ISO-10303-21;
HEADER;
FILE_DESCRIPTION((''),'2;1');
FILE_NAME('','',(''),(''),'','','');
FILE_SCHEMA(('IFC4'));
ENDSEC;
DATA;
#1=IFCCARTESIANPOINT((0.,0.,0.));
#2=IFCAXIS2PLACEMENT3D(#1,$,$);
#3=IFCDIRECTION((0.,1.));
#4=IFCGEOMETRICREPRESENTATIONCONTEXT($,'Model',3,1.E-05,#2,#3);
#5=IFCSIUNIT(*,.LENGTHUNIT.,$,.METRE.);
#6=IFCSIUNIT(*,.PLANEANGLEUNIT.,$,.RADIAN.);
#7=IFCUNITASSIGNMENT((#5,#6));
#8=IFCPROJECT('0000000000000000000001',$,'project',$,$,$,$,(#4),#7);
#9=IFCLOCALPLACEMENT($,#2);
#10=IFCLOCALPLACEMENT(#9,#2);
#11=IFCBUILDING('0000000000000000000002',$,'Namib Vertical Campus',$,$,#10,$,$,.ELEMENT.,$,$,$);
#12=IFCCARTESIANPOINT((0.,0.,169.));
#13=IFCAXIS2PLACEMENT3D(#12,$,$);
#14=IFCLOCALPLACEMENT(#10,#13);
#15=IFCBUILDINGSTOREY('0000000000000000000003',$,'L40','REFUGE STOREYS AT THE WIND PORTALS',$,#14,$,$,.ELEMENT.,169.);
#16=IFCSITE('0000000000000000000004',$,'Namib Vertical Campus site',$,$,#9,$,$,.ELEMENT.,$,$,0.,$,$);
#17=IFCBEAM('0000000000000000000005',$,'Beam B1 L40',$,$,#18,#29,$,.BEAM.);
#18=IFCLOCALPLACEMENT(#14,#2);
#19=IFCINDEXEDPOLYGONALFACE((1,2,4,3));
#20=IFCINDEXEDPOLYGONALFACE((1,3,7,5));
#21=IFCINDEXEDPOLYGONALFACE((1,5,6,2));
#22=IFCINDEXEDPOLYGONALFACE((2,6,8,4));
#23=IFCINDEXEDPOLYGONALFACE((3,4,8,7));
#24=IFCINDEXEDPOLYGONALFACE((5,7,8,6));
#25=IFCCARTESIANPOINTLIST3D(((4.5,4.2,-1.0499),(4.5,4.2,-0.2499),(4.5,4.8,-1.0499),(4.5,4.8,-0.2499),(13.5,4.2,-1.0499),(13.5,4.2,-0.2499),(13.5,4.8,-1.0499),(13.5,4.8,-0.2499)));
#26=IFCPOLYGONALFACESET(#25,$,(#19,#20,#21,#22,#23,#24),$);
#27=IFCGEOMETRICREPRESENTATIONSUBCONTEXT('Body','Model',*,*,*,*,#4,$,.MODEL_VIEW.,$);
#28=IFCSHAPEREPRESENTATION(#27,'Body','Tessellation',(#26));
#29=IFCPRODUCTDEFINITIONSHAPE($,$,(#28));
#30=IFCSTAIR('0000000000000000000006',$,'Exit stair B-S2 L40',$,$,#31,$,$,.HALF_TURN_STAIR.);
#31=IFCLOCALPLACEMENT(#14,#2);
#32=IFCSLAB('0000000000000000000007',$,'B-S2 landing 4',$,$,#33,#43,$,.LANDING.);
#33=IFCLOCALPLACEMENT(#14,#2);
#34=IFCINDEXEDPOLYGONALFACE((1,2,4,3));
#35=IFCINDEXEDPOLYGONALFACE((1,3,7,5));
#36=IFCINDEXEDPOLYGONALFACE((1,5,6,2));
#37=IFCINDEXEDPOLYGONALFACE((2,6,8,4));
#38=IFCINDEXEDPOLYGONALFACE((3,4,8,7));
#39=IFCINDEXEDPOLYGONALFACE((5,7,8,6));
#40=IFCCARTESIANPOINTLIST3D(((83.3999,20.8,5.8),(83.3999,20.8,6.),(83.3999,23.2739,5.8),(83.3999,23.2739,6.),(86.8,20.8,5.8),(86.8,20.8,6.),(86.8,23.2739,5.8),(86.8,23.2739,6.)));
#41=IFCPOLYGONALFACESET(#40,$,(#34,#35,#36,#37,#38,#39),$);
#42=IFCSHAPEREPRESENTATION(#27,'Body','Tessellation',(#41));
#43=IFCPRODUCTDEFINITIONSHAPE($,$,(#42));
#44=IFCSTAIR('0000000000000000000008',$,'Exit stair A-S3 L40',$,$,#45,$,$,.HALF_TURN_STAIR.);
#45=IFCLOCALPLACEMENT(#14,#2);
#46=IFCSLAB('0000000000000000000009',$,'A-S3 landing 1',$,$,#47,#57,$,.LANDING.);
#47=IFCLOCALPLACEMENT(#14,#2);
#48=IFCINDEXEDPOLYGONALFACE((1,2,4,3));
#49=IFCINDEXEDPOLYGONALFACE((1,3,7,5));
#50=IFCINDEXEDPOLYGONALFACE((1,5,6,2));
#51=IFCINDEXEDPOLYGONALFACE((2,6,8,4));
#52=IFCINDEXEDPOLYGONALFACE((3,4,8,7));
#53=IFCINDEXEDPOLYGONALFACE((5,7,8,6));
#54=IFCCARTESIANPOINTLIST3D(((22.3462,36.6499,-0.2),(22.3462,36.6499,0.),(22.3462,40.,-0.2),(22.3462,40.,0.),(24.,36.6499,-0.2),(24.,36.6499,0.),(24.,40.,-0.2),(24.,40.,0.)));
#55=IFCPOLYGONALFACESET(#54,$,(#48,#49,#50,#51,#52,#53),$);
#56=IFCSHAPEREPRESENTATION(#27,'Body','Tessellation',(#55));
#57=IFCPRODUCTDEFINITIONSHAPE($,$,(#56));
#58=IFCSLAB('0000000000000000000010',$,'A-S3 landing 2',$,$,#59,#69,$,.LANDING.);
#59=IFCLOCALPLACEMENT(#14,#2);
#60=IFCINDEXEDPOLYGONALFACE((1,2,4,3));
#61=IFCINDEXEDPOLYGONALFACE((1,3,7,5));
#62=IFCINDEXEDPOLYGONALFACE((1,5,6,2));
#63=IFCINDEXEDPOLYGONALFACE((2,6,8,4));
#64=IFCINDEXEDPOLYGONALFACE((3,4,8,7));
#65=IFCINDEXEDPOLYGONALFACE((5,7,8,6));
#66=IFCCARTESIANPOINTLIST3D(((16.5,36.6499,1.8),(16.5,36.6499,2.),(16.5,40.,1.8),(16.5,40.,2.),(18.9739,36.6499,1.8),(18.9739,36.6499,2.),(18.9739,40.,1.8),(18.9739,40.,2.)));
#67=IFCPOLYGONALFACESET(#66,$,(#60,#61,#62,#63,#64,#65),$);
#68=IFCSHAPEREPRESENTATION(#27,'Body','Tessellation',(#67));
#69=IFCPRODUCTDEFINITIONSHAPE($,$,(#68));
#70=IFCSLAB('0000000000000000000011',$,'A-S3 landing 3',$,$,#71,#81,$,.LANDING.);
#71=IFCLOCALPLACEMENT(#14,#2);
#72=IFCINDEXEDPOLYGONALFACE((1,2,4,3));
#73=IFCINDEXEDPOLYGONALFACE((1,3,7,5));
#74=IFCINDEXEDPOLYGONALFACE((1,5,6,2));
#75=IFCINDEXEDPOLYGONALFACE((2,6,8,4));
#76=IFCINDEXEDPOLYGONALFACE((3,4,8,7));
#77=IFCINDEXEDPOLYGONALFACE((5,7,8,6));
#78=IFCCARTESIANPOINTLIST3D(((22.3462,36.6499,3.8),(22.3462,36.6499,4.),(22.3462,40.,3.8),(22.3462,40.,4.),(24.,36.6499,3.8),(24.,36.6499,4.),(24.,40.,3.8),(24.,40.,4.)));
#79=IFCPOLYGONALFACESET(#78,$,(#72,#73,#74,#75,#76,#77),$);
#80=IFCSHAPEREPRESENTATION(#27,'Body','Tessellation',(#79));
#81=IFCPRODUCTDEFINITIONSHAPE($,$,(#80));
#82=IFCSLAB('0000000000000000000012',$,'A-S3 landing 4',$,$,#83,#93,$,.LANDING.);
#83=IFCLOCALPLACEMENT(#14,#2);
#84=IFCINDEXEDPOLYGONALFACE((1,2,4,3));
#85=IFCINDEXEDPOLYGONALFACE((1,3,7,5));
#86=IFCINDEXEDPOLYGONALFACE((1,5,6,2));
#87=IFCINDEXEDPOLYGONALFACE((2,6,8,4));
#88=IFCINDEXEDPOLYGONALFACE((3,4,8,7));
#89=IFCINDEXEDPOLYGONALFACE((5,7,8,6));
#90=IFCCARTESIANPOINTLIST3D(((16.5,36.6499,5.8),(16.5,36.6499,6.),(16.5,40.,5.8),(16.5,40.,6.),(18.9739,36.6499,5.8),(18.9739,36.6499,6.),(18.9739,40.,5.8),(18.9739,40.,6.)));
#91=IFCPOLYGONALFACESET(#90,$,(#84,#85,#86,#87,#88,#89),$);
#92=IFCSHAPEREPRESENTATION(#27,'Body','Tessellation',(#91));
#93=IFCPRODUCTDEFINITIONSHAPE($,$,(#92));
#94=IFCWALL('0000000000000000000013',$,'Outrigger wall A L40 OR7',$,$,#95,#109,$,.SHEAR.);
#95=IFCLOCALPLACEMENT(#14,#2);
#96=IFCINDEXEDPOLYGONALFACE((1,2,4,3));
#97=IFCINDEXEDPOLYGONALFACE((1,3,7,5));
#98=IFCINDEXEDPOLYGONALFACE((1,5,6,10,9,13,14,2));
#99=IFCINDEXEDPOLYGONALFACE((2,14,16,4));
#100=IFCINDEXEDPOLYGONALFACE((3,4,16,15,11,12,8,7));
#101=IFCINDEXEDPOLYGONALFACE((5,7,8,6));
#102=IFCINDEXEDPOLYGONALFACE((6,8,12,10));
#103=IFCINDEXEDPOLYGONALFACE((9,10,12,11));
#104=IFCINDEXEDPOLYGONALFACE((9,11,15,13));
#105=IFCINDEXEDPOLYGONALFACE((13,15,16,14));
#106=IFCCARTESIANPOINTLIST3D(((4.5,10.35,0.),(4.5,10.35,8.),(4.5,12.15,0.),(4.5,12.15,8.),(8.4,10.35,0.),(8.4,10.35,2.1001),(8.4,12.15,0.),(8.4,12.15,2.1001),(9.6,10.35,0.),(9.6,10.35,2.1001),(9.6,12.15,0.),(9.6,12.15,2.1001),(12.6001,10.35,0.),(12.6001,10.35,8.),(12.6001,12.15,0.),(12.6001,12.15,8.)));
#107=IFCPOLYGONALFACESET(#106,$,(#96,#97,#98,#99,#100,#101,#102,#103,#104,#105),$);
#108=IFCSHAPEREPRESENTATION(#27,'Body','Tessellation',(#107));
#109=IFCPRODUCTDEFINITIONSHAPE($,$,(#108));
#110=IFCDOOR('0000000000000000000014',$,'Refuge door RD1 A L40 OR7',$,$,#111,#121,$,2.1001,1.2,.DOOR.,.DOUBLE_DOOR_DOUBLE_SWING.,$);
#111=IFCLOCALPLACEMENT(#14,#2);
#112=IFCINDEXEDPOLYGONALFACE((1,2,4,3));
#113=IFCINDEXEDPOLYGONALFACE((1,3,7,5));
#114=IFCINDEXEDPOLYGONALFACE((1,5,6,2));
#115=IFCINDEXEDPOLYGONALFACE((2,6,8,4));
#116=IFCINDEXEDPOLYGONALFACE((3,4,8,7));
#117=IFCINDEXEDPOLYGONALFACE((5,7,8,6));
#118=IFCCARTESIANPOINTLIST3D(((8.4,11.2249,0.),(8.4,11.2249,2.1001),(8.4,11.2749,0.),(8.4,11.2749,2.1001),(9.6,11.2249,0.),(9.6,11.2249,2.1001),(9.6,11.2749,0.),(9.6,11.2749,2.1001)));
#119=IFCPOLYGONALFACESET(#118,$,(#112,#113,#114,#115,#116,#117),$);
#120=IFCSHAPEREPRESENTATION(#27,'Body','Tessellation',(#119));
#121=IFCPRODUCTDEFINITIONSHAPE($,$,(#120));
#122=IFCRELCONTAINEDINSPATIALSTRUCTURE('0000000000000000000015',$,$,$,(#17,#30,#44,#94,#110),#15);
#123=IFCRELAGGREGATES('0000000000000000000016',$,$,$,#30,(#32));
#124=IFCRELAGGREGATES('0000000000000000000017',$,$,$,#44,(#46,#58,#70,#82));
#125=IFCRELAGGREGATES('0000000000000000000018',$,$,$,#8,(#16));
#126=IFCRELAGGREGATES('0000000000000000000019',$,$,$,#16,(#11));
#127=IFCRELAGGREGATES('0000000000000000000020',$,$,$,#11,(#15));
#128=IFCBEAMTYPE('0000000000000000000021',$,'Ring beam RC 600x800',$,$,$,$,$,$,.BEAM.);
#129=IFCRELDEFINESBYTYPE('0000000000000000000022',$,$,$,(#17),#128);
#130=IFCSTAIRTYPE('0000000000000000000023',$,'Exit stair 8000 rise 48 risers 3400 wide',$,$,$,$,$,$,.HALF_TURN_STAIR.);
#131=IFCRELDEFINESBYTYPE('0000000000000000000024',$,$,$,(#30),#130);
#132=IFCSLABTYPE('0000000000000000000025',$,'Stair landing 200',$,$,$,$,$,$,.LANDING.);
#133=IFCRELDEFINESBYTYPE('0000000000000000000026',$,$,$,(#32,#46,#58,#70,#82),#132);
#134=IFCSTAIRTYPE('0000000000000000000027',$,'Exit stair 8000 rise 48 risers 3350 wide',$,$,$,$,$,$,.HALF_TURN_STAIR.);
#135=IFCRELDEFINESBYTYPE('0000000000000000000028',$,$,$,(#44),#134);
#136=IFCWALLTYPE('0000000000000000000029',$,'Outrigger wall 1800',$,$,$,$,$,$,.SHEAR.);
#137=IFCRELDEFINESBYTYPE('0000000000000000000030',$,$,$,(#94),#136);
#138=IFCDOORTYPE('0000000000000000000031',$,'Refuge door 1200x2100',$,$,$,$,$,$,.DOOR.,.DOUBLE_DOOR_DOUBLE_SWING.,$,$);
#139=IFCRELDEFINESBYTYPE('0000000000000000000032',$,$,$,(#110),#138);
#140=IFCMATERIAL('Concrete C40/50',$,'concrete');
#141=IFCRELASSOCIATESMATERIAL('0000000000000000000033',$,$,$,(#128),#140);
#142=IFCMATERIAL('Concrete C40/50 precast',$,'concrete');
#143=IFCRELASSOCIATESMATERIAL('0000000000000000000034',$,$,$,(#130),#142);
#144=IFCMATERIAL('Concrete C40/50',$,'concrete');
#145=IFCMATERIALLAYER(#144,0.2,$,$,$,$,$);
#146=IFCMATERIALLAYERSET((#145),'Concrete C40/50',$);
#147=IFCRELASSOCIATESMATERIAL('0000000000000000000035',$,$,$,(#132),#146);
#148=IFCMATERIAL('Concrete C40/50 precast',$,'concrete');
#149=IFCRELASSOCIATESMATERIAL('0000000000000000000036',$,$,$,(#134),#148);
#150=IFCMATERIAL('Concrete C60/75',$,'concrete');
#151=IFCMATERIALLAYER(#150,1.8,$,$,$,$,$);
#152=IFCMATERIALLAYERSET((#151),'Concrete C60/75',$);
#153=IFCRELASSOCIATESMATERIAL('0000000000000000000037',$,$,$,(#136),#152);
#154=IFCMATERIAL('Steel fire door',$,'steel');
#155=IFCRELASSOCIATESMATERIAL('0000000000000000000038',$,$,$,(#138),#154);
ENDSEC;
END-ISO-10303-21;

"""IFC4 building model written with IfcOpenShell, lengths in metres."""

from ifc_helpers import new_model, si_unit, direction, frame, frame_2d, origin, origin_2d, place, context, subcontext, project, spatial, polyline, rectangle, outline, extrude, material, layer, layer_set, material_profile, profile_set, type_object, element, fill, aggregate, save


model = new_model("IFC4")

# Units and contexts
model_context = context("Model", 3, precision=1e-05, world=origin(), true_north=direction((0.0, 1.0)))
body_context = subcontext(model_context, "Body", "Model", "MODEL_VIEW")
ifc_project = project(units=[si_unit("LENGTHUNIT", "METRE"), si_unit("PLANEANGLEUNIT", "RADIAN")], contexts=[model_context])

# Site, building, storey
site_placement = place(None, origin())
site = spatial("IfcSite", under=ifc_project, at=site_placement, Name="Namib Vertical Campus site", CompositionType="ELEMENT", RefElevation=0.0)
building_placement = place(site_placement, origin())
building = spatial("IfcBuilding", under=site, at=building_placement, Name="Namib Vertical Campus", CompositionType="ELEMENT")
storey_placement = place(building_placement, frame((0.0, 0.0, 169.0)))
storey = spatial("IfcBuildingStorey", under=building, at=storey_placement, Name="L40", Description="REFUGE STOREYS AT THE WIND PORTALS", CompositionType="ELEMENT", Elevation=169.0)

# Beam
ifc_material_1 = material(Name="Concrete C40/50", Category="concrete")
ifc_material_profile_1 = material_profile(ifc_material_1, rectangle(XDim=0.6001, YDim=0.8, at=origin_2d()))
ifc_profile_set_1 = profile_set([ifc_material_profile_1], Name="Concrete C40/50")
beam_type_1 = type_object("IfcBeamType", Name="Ring beam RC 600x800", PredefinedType="BEAM", material=ifc_profile_set_1)
beam_1_placement = place(storey_placement, frame((4.5, 4.5, -0.6499), z_axis=(1.0, 0.0, 0.0), x_axis=(0.0, 1.0, 0.0)))
element("IfcBeam", 1, at=beam_1_placement, inside=storey, type_object=beam_type_1, Name="Beam B1 L40", PredefinedType="BEAM", context=body_context, shape_type="SweptSolid", body=[
    extrude(rectangle(XDim=0.6001, YDim=0.8, at=origin_2d()), origin(), (0.0, 0.0, 1.0), 9.0),
])

# Stair, slab
ifc_material_2 = material(Name="Concrete C40/50 precast", Category="concrete")
stair_type_1 = type_object("IfcStairType", Name="Exit stair 8000 rise 48 risers 3400 wide", PredefinedType="HALF_TURN_STAIR", material=ifc_material_2)
stair_1_placement = place(storey_placement, origin())
stair_1 = element("IfcStair", 2, at=stair_1_placement, inside=storey, type_object=stair_type_1, Name="Exit stair B-S2 L40", PredefinedType="HALF_TURN_STAIR")
ifc_material_3 = material(Name="Concrete C40/50", Category="concrete")
ifc_layer_1 = layer(ifc_material_3, 0.2)
ifc_layer_set_1 = layer_set([ifc_layer_1], Name="Concrete C40/50")
slab_type = type_object("IfcSlabType", Name="Stair landing 200", PredefinedType="LANDING", material=ifc_layer_set_1)
slab_1_placement = place(storey_placement, frame((0.0, 0.0, 5.8)))
slab_1 = element("IfcSlab", 3, at=slab_1_placement, type_object=slab_type, Name="B-S2 landing 4", PredefinedType="LANDING", context=body_context, shape_type="SweptSolid", body=[
    extrude(outline(polyline([(83.3999, 20.8), (86.8, 20.8), (86.8, 23.2739), (83.3999, 23.2739), (83.3999, 20.8)])), origin(), (0.0, 0.0, 1.0), 0.2),
])
aggregate(stair_1, [slab_1])

# Stair, slabs
ifc_material_4 = material(Name="Concrete C40/50 precast", Category="concrete")
stair_type_2 = type_object("IfcStairType", Name="Exit stair 8000 rise 48 risers 3350 wide", PredefinedType="HALF_TURN_STAIR", material=ifc_material_4)
stair_2_placement = place(storey_placement, origin())
stair_2 = element("IfcStair", 4, at=stair_2_placement, inside=storey, type_object=stair_type_2, Name="Exit stair A-S3 L40", PredefinedType="HALF_TURN_STAIR")
slab_2_placement = place(storey_placement, frame((0.0, 0.0, -0.2)))
slab_2 = element("IfcSlab", 5, at=slab_2_placement, type_object=slab_type, Name="A-S3 landing 1", PredefinedType="LANDING", context=body_context, shape_type="SweptSolid", body=[
    extrude(outline(polyline([(22.3462, 36.6499), (22.3462, 40.0), (24.0, 40.0), (24.0, 36.6499), (22.3462, 36.6499)])), origin(), (0.0, 0.0, 1.0), 0.2),
])
slab_3_placement = place(storey_placement, frame((0.0, 0.0, 1.8)))
slab_3 = element("IfcSlab", 6, at=slab_3_placement, type_object=slab_type, Name="A-S3 landing 2", PredefinedType="LANDING", context=body_context, shape_type="SweptSolid", body=[
    extrude(outline(polyline([(16.5, 36.6499), (16.5, 40.0), (18.9739, 40.0), (18.9739, 36.6499), (16.5, 36.6499)])), origin(), (0.0, 0.0, 1.0), 0.2),
])
slab_4_placement = place(storey_placement, frame((0.0, 0.0, 3.8)))
slab_4 = element("IfcSlab", 7, at=slab_4_placement, type_object=slab_type, Name="A-S3 landing 3", PredefinedType="LANDING", context=body_context, shape_type="SweptSolid", body=[
    extrude(outline(polyline([(22.3462, 36.6499), (22.3462, 40.0), (24.0, 40.0), (24.0, 36.6499), (22.3462, 36.6499)])), origin(), (0.0, 0.0, 1.0), 0.2),
])
slab_5_placement = place(storey_placement, frame((0.0, 0.0, 5.8)))
slab_5 = element("IfcSlab", 8, at=slab_5_placement, type_object=slab_type, Name="A-S3 landing 4", PredefinedType="LANDING", context=body_context, shape_type="SweptSolid", body=[
    extrude(outline(polyline([(16.5, 36.6499), (16.5, 40.0), (18.9739, 40.0), (18.9739, 36.6499), (16.5, 36.6499)])), origin(), (0.0, 0.0, 1.0), 0.2),
])
aggregate(stair_2, [slab_2, slab_3, slab_4, slab_5])

# Wall, opening, door
ifc_material_5 = material(Name="Concrete C60/75", Category="concrete")
ifc_layer_2 = layer(ifc_material_5, 1.8)
ifc_layer_set_2 = layer_set([ifc_layer_2], Name="Concrete C60/75")
wall_type = type_object("IfcWallType", Name="Outrigger wall 1800", PredefinedType="SHEAR", material=ifc_layer_set_2)
wall_placement = place(storey_placement, frame((4.5, 11.25, 0.0), z_axis=(0.0, 0.0, 1.0), x_axis=(1.0, 0.0, 0.0)))
wall = element("IfcWall", 9, at=wall_placement, inside=storey, type_object=wall_type, Name="Outrigger wall A L40 OR7", PredefinedType="SHEAR", context=body_context, shape_type="SweptSolid", body=[
    extrude(rectangle(XDim=8.1001, YDim=1.8, at=frame_2d((4.05, 0.0))), origin(), (0.0, 0.0, 1.0), 8.0),
])
opening_placement = place(wall_placement, frame((3.8999, 0.0, 0.0)))
opening = element("IfcOpeningElement", 10, at=opening_placement, cuts=wall, PredefinedType="OPENING", context=body_context, shape_type="SweptSolid", body=[
    extrude(rectangle(XDim=1.2, YDim=2.1001, at=frame_2d((0.6001, 1.05))), frame((0.0, 0.9099, 0.0), z_axis=(0.0, -1.0, 0.0), x_axis=(1.0, 0.0, 0.0)), (0.0, 0.0, 1.0), 1.8201),
])
ifc_material_6 = material(Name="Steel fire door", Category="steel")
door_type = type_object("IfcDoorType", Name="Refuge door 1200x2100", OperationType="DOUBLE_DOOR_DOUBLE_SWING", PredefinedType="DOOR", material=ifc_material_6)
door_placement = place(opening_placement, origin())
door = element("IfcDoor", 11, at=door_placement, inside=storey, type_object=door_type, Name="Refuge door RD1 A L40 OR7", OperationType="DOUBLE_DOOR_DOUBLE_SWING", OverallHeight=2.1001, OverallWidth=1.2, PredefinedType="DOOR", context=body_context, shape_type="SweptSolid", body=[
    extrude(rectangle(XDim=1.2, YDim=2.1001, at=frame_2d((0.6001, 1.05))), frame((0.0, 0.0249, 0.0), z_axis=(0.0, -1.0, 0.0), x_axis=(1.0, 0.0, 0.0)), (0.0, 0.0, 1.0), 0.05),
])
fill(opening, door)

save(model, "model.ifc")
